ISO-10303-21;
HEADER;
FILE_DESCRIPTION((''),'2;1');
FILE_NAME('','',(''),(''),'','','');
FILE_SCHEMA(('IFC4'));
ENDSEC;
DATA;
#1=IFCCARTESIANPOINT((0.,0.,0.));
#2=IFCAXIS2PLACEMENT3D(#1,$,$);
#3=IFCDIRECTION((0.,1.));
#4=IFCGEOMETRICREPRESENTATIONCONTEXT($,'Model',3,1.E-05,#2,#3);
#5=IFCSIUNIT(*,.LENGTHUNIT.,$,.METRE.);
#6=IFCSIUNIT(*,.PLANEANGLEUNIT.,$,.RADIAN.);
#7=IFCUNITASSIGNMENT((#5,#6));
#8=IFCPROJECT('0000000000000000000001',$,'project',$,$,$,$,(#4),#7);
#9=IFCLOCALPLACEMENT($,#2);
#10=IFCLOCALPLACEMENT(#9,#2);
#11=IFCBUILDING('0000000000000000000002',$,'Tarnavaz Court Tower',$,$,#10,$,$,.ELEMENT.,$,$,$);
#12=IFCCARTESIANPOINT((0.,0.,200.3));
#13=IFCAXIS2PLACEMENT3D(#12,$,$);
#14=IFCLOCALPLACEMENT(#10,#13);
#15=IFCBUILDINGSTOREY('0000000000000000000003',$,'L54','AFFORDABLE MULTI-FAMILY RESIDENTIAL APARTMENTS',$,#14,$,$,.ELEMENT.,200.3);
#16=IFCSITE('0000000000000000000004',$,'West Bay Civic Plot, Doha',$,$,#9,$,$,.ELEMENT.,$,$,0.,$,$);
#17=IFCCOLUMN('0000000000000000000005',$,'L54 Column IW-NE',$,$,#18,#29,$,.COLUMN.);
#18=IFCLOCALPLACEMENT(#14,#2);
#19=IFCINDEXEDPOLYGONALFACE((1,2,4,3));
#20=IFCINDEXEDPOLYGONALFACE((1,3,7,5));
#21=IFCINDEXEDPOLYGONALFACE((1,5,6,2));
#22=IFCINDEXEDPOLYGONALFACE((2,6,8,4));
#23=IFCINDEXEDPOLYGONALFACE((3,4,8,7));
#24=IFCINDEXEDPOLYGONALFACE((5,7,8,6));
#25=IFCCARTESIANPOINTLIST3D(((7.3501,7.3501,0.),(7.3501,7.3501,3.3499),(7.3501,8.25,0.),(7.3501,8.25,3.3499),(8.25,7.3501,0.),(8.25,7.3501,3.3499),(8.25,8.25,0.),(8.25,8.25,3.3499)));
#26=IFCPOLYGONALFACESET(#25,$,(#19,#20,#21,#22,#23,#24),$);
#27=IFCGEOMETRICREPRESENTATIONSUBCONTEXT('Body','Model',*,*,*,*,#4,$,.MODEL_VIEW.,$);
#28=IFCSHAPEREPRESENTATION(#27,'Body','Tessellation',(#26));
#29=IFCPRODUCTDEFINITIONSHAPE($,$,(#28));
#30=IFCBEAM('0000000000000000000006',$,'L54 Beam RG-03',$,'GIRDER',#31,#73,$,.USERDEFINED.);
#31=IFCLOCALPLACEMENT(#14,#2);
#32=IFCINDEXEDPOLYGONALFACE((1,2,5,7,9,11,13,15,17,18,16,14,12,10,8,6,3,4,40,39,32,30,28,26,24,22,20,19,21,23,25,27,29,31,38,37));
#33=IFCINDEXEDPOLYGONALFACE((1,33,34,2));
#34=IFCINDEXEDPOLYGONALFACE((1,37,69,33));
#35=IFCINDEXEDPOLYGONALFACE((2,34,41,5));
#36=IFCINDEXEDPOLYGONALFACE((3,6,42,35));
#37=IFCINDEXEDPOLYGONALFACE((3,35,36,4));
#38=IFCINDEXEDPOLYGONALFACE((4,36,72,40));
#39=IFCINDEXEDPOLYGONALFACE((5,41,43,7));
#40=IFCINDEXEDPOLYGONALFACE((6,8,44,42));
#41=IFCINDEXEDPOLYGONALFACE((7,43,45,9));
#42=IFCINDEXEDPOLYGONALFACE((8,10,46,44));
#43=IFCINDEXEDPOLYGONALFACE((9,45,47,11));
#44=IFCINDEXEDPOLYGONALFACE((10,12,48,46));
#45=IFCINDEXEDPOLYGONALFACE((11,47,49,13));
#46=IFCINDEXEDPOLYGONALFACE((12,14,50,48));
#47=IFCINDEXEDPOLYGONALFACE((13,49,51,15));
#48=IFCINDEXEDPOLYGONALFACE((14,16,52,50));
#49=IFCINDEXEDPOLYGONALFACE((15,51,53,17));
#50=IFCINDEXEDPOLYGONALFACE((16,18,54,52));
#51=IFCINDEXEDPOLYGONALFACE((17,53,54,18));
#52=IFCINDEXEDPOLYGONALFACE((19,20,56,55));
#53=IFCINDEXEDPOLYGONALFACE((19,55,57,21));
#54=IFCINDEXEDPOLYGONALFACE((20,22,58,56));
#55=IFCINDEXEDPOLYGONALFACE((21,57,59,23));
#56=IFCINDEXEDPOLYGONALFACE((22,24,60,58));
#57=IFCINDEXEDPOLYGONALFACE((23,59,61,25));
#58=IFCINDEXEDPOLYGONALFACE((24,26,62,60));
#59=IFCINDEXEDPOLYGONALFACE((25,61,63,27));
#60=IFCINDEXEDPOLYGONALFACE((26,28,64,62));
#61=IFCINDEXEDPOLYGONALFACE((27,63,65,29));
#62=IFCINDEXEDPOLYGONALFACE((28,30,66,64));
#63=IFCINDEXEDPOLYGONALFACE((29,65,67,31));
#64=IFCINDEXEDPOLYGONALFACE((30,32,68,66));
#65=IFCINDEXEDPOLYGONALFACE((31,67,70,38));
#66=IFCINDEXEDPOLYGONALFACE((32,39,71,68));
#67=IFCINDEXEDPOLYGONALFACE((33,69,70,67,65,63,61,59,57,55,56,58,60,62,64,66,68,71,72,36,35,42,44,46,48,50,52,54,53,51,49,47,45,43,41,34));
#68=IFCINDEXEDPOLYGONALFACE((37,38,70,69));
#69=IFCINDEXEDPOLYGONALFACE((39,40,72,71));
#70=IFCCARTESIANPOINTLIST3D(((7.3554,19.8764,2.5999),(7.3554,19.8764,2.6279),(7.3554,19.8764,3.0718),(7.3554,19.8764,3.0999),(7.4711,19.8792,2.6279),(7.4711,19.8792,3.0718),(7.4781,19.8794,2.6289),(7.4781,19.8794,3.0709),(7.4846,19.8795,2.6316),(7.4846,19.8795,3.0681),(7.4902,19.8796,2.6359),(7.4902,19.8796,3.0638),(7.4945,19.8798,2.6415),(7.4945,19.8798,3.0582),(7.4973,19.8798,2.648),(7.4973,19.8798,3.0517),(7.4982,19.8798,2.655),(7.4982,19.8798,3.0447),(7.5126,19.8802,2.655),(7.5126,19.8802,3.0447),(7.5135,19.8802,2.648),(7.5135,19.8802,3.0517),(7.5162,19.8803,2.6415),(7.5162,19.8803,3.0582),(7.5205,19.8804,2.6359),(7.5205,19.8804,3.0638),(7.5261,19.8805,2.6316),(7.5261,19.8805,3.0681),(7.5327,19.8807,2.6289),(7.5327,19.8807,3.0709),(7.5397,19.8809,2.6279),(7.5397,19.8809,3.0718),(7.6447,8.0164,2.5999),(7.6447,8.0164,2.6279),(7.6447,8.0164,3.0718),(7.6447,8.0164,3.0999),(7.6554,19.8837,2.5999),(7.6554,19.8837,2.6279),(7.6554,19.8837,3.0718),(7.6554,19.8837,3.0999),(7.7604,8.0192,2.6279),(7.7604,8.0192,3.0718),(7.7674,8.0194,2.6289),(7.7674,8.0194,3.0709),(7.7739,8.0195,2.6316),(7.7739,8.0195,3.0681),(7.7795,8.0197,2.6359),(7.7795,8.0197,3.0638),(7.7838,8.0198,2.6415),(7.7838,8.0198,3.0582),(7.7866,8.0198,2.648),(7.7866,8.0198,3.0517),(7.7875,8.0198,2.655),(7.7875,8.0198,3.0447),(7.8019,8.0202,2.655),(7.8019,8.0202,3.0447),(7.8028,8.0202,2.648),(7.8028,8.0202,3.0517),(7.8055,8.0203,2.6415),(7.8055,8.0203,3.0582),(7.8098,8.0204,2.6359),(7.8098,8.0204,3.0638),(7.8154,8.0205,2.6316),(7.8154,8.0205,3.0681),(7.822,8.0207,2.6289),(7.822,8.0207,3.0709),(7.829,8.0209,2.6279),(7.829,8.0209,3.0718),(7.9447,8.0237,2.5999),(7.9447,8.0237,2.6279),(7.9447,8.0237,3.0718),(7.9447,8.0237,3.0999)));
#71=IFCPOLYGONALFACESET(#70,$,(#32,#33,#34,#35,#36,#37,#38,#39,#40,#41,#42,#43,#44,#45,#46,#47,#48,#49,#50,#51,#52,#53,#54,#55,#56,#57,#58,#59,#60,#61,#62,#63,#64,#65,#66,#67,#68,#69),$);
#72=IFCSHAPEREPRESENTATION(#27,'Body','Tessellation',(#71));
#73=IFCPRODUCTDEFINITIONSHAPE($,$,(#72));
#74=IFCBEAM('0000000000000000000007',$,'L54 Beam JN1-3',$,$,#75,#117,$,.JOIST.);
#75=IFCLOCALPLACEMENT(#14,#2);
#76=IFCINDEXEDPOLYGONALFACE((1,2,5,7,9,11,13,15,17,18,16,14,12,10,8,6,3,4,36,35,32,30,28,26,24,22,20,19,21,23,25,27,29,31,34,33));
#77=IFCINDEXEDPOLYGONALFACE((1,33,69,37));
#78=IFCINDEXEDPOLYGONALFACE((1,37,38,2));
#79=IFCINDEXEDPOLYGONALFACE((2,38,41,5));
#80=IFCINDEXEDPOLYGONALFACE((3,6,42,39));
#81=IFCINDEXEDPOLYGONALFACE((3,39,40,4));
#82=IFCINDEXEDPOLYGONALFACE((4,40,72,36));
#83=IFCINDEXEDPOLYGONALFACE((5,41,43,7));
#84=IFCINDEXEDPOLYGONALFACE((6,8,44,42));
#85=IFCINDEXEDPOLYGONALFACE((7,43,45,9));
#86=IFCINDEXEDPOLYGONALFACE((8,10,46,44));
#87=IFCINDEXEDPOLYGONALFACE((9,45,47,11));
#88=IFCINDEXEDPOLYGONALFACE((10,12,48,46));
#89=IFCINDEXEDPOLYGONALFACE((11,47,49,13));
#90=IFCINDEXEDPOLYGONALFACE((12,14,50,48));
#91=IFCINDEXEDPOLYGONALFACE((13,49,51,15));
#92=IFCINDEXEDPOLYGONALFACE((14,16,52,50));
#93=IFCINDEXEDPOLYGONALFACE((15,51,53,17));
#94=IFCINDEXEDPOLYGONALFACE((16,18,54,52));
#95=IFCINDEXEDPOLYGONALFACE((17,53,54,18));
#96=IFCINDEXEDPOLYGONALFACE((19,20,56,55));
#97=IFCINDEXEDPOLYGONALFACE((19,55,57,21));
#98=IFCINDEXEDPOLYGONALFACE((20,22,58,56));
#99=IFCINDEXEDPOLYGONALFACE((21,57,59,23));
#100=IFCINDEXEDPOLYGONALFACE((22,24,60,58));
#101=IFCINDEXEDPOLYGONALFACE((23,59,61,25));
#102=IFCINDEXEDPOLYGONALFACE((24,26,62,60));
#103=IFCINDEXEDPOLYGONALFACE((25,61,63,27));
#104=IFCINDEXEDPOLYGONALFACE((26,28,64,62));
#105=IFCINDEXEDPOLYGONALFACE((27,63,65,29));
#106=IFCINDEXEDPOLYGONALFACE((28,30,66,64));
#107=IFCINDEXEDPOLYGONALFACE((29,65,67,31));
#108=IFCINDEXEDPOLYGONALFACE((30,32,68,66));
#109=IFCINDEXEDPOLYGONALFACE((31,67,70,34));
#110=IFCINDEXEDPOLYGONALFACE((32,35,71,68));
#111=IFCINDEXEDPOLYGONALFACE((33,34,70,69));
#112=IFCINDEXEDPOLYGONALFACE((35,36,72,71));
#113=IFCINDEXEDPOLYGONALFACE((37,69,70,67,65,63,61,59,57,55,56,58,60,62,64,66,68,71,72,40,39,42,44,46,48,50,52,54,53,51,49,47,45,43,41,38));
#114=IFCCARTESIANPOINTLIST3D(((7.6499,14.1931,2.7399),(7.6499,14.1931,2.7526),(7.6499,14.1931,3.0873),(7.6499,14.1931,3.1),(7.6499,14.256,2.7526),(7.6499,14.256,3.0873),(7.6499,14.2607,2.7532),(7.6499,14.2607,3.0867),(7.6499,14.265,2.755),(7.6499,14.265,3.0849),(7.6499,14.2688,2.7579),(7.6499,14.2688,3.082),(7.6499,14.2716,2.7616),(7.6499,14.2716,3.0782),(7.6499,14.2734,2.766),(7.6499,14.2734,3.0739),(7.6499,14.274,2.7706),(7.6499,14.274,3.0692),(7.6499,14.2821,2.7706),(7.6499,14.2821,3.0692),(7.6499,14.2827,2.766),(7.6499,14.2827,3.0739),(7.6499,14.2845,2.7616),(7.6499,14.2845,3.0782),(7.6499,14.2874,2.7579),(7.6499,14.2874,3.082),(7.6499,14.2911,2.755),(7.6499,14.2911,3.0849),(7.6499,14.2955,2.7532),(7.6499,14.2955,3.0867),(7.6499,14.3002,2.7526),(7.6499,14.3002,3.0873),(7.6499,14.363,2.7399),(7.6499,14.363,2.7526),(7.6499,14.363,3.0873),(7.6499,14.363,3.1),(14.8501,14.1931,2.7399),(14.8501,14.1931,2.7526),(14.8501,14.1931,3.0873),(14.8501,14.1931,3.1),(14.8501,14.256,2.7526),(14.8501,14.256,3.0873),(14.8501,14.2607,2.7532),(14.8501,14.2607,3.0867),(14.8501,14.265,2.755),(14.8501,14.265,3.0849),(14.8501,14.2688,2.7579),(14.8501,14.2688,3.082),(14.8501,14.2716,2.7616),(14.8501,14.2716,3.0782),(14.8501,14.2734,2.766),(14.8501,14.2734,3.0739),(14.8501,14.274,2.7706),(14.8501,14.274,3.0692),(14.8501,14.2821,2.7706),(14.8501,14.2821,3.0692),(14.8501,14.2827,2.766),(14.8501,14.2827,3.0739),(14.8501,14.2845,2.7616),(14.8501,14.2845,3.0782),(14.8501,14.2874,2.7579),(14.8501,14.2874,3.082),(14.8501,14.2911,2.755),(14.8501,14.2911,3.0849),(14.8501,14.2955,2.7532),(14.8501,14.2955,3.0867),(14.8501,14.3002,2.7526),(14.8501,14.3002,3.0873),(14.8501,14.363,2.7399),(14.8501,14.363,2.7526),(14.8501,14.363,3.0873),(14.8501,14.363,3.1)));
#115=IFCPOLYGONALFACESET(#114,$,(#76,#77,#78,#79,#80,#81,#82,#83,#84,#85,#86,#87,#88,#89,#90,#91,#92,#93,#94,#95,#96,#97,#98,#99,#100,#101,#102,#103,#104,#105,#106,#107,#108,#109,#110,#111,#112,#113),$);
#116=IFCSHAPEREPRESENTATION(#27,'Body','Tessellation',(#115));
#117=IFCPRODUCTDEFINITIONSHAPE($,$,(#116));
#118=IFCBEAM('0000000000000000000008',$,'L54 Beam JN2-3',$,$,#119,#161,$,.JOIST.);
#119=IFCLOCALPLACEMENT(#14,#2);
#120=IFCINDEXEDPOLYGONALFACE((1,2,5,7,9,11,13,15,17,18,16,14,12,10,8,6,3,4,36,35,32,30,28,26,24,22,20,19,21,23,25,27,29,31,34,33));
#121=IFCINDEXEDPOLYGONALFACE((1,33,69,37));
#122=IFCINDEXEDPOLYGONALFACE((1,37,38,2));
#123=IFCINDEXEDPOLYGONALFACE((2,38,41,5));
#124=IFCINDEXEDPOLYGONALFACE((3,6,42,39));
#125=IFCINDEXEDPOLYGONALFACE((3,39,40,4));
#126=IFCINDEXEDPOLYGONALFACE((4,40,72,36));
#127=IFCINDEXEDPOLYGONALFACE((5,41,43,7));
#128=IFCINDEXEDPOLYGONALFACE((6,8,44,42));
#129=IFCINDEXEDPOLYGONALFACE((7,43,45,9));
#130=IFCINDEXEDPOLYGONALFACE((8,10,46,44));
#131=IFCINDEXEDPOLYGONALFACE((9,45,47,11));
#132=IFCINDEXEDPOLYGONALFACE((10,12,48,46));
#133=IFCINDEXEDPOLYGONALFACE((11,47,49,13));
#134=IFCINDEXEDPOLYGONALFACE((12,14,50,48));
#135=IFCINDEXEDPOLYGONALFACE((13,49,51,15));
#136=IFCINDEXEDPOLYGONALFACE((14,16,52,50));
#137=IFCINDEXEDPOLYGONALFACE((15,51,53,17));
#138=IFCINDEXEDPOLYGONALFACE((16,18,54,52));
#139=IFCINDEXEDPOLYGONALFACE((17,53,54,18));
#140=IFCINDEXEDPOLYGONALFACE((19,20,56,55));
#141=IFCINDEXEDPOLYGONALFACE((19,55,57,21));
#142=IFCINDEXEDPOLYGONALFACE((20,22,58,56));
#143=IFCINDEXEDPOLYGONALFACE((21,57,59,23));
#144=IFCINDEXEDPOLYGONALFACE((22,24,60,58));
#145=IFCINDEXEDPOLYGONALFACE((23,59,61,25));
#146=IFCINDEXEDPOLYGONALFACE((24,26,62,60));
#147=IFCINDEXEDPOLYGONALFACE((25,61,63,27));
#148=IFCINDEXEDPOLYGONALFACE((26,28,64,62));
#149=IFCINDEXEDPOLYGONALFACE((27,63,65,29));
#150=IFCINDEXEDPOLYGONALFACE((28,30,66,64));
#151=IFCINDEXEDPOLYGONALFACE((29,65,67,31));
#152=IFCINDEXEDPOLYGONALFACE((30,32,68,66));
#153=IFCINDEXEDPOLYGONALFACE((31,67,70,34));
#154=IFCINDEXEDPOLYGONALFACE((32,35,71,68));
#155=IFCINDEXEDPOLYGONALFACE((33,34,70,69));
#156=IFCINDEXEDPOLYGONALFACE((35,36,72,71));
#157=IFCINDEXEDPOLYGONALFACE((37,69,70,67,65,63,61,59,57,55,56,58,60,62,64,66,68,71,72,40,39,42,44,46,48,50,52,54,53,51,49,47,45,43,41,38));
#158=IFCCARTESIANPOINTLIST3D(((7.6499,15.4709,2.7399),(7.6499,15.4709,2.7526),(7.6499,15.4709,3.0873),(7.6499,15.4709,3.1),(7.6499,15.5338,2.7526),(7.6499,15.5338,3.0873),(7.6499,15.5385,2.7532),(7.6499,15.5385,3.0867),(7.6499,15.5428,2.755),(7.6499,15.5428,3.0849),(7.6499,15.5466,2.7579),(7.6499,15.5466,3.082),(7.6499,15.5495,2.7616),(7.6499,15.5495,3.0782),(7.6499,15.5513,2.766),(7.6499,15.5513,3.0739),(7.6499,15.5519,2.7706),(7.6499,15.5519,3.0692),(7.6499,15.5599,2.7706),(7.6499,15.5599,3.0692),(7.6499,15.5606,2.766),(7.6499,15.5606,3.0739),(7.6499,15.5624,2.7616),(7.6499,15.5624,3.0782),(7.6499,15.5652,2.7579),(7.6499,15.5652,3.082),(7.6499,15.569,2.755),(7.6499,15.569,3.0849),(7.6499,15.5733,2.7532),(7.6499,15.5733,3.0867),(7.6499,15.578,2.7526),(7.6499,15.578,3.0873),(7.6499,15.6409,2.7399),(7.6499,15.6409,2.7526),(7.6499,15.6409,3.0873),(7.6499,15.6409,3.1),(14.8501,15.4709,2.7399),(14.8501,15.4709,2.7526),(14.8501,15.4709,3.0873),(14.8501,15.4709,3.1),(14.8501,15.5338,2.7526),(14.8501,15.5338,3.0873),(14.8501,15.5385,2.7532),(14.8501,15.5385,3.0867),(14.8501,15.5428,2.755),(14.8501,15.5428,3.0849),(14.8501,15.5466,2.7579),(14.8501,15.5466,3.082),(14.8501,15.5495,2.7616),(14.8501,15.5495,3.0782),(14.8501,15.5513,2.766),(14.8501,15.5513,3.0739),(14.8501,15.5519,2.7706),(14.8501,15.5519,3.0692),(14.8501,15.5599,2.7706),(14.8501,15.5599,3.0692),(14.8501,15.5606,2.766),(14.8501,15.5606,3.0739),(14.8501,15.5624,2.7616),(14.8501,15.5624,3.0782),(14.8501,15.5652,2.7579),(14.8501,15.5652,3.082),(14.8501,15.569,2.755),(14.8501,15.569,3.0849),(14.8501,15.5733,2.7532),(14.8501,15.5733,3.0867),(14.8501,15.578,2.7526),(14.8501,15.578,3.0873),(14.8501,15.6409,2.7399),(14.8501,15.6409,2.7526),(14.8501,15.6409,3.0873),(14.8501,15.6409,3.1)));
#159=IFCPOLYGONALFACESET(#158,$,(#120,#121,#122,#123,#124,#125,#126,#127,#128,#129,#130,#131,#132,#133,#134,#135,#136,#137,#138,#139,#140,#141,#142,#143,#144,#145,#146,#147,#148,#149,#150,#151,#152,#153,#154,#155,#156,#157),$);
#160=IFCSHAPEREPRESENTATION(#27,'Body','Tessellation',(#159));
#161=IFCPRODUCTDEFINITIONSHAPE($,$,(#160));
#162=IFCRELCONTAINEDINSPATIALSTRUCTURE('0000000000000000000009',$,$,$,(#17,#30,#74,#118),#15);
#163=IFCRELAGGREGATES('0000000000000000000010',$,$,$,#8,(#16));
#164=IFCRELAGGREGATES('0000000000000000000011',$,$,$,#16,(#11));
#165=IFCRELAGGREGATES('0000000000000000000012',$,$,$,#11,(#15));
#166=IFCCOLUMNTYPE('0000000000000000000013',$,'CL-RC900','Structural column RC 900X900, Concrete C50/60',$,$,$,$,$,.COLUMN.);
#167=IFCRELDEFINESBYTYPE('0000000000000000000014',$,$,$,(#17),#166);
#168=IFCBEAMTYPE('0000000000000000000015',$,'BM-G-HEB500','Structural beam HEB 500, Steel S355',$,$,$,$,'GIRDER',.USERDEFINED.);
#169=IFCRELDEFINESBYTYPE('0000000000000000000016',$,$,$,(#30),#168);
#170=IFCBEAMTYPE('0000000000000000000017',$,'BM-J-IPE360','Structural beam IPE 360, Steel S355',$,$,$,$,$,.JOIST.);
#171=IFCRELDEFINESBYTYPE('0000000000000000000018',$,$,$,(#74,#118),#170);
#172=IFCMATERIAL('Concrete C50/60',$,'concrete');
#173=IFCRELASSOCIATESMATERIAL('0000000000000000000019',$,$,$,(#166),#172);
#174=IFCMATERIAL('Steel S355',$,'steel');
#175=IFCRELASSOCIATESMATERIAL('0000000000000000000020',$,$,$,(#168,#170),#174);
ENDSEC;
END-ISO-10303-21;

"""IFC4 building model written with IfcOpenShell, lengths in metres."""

from ifc_helpers import new_model, si_unit, direction, frame, origin, origin_2d, place, context, subcontext, project, spatial, rectangle, i_section, extrude, material, material_profile, profile_set, type_object, element, save


model = new_model("IFC4")

# Units and contexts
model_context = context("Model", 3, precision=1e-05, world=origin(), true_north=direction((0.0, 1.0)))
body_context = subcontext(model_context, "Body", "Model", "MODEL_VIEW")
ifc_project = project(units=[si_unit("LENGTHUNIT", "METRE"), si_unit("PLANEANGLEUNIT", "RADIAN")], contexts=[model_context])

# Site, building, storey
site_placement = place(None, origin())
site = spatial("IfcSite", under=ifc_project, at=site_placement, Name="West Bay Civic Plot, Doha", CompositionType="ELEMENT", RefElevation=0.0)
building_placement = place(site_placement, origin())
building = spatial("IfcBuilding", under=site, at=building_placement, Name="Tarnavaz Court Tower", CompositionType="ELEMENT")
storey_placement = place(building_placement, frame((0.0, 0.0, 200.3)))
storey = spatial("IfcBuildingStorey", under=building, at=storey_placement, Name="L54", Description="AFFORDABLE MULTI-FAMILY RESIDENTIAL APARTMENTS", CompositionType="ELEMENT", Elevation=200.3)

# Column
ifc_material_1 = material(Name="Concrete C50/60", Category="concrete")
ifc_material_profile_1 = material_profile(ifc_material_1, rectangle(XDim=0.8999, YDim=0.8999, at=origin_2d()), Name="RC 900X900")
ifc_profile_set_1 = profile_set([ifc_material_profile_1], Name="Concrete C50/60")
column_type = type_object("IfcColumnType", Name="CL-RC900", Description="Structural column RC 900X900, Concrete C50/60", PredefinedType="COLUMN", material=ifc_profile_set_1)
column_placement = place(storey_placement, frame((7.8, 7.8, 0.0), z_axis=(0.0, 0.0, 1.0), x_axis=(1.0, 0.0, 0.0)))
element("IfcColumn", 1, at=column_placement, inside=storey, type_object=column_type, Name="L54 Column IW-NE", PredefinedType="COLUMN", context=body_context, shape_type="SweptSolid", body=[
    extrude(rectangle(XDim=0.8999, YDim=0.8999, at=origin_2d()), origin(), (0.0, 0.0, 1.0), 3.3499),
])

# Beams
ifc_material_2 = material(Name="Steel S355", Category="steel")
ifc_material_profile_2 = material_profile(ifc_material_2, i_section(OverallWidth=0.3, OverallDepth=0.5, WebThickness=0.0144, FlangeThickness=0.0281, FilletRadius=0.0271, at=origin_2d()), Name="HEB 500")
ifc_profile_set_2 = profile_set([ifc_material_profile_2], Name="Steel S355")
beam_type_1 = type_object("IfcBeamType", Name="BM-G-HEB500", Description="Structural beam HEB 500, Steel S355", ElementType="GIRDER", PredefinedType="USERDEFINED", material=ifc_profile_set_2)
beam_placement = place(storey_placement, frame((7.7947, 8.02, 2.8499), z_axis=(-0.024386, 0.999703, 0.0), x_axis=(-0.999703, -0.024386, 0.0)))
element("IfcBeam", 2, at=beam_placement, inside=storey, type_object=beam_type_1, Name="L54 Beam RG-03", ObjectType="GIRDER", PredefinedType="USERDEFINED", context=body_context, shape_type="SweptSolid", body=[
    extrude(i_section(OverallWidth=0.3, OverallDepth=0.5, WebThickness=0.0144, FlangeThickness=0.0281, FilletRadius=0.0271, at=origin_2d()), origin(), (0.0, 0.0, 1.0), 11.8635),
])
ifc_material_profile_3 = material_profile(ifc_material_2, i_section(OverallWidth=0.1699, OverallDepth=0.3601, WebThickness=0.0081, FlangeThickness=0.0127, FilletRadius=0.0181, at=origin_2d()), Name="IPE 360")
ifc_profile_set_3 = profile_set([ifc_material_profile_3], Name="Steel S355")
beam_type_2 = type_object("IfcBeamType", Name="BM-J-IPE360", Description="Structural beam IPE 360, Steel S355", PredefinedType="JOIST", material=ifc_profile_set_3)
for number, where, z_axis, x_axis, name in (
    (3, (7.6499, 14.2781, 2.9199), (1.0, 0.0, 0.0), (0.0, 1.0, 0.0), "L54 Beam JN1-3"),
    (4, (7.6499, 15.5559, 2.9199), (1.0, 0.0, 0.0), (0.0, 1.0, 0.0), "L54 Beam JN2-3"),
):
    element("IfcBeam", number, at=place(storey_placement, frame(where, z_axis=z_axis, x_axis=x_axis)), inside=storey, type_object=beam_type_2, Name=name, PredefinedType="JOIST", context=body_context, shape_type="SweptSolid", body=[
        extrude(i_section(OverallWidth=0.1699, OverallDepth=0.3601, WebThickness=0.0081, FlangeThickness=0.0127, FilletRadius=0.0181, at=origin_2d()), origin(), (0.0, 0.0, 1.0), 7.2002),
    ])

save(model, "model.ifc")
